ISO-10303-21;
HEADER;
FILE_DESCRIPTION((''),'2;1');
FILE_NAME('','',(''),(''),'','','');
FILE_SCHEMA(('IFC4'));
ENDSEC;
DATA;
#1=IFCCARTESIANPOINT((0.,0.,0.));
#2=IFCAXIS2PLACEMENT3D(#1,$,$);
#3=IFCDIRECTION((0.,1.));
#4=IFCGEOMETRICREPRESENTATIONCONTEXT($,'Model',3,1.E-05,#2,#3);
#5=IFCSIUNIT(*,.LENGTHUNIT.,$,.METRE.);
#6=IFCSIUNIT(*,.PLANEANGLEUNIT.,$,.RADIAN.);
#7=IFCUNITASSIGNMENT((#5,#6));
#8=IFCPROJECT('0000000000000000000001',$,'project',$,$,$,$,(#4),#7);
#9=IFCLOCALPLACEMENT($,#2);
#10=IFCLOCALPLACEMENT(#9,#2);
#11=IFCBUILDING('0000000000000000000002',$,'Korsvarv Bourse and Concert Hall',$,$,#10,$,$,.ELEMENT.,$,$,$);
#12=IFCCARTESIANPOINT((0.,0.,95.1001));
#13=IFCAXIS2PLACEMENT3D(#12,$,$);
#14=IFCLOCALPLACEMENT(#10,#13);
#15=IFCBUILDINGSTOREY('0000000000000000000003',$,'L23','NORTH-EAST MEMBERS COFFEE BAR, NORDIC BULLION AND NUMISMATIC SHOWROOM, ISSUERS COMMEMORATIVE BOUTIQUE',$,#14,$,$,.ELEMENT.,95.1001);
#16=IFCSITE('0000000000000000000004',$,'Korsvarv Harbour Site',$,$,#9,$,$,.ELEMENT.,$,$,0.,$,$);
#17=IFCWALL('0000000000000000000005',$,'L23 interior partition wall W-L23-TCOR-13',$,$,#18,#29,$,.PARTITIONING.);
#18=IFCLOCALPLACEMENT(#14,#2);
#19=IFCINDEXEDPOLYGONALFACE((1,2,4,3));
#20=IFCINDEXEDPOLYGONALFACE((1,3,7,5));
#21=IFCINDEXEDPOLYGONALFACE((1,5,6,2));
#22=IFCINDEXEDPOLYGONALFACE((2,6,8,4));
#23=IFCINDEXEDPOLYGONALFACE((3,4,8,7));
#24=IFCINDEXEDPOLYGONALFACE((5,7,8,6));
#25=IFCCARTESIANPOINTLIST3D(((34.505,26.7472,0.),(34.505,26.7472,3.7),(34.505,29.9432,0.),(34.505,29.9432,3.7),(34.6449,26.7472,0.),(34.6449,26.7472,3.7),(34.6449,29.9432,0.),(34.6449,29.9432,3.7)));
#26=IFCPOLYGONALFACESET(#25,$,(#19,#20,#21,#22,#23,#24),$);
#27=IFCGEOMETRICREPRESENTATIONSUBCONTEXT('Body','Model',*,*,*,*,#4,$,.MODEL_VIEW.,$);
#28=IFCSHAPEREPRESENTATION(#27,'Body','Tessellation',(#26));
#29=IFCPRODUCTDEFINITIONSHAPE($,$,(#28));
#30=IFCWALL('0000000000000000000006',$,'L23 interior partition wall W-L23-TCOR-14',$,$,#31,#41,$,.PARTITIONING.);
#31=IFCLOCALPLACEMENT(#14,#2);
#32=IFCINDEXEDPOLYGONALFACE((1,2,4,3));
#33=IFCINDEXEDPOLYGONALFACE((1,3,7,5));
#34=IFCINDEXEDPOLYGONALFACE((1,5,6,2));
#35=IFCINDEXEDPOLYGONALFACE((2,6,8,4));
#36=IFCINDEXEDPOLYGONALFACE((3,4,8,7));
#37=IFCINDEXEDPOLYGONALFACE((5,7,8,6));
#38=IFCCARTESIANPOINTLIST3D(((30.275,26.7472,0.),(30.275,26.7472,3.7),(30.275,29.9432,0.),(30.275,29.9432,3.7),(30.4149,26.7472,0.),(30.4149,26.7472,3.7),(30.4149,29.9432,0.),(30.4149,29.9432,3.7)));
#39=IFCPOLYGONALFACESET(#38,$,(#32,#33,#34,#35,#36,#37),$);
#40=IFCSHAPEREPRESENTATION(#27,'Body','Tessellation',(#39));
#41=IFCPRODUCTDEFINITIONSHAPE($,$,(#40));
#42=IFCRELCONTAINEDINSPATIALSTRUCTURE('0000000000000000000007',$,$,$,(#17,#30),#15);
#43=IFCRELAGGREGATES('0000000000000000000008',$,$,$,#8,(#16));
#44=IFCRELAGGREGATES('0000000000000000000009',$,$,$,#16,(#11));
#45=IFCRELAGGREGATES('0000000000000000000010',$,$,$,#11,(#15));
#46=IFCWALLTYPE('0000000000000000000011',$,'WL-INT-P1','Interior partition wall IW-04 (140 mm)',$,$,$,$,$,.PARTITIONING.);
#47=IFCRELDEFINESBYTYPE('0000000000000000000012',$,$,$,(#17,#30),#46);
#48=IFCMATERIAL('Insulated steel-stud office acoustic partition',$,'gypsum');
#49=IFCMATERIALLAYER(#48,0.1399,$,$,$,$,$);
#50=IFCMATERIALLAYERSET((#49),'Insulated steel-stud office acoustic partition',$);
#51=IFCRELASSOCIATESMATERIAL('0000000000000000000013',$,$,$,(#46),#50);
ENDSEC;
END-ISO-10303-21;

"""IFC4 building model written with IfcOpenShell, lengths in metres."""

from ifc_helpers import new_model, si_unit, direction, frame, frame_2d, origin, place, context, subcontext, project, spatial, rectangle, extrude, material, layer, layer_set, type_object, element, save


model = new_model("IFC4")

# Units and contexts
model_context = context("Model", 3, precision=1e-05, world=origin(), true_north=direction((0.0, 1.0)))
body_context = subcontext(model_context, "Body", "Model", "MODEL_VIEW")
ifc_project = project(units=[si_unit("LENGTHUNIT", "METRE"), si_unit("PLANEANGLEUNIT", "RADIAN")], contexts=[model_context])

# Site, building, storey
site_placement = place(None, origin())
site = spatial("IfcSite", under=ifc_project, at=site_placement, Name="Korsvarv Harbour Site", CompositionType="ELEMENT", RefElevation=0.0)
building_placement = place(site_placement, origin())
building = spatial("IfcBuilding", under=site, at=building_placement, Name="Korsvarv Bourse and Concert Hall", CompositionType="ELEMENT")
storey_placement = place(building_placement, frame((0.0, 0.0, 95.1001)))
storey = spatial("IfcBuildingStorey", under=building, at=storey_placement, Name="L23", Description="NORTH-EAST MEMBERS COFFEE BAR, NORDIC BULLION AND NUMISMATIC SHOWROOM, ISSUERS COMMEMORATIVE BOUTIQUE", CompositionType="ELEMENT", Elevation=95.1001)

# Walls
ifc_material_1 = material(Name="Insulated steel-stud office acoustic partition", Category="gypsum")
ifc_layer_1 = layer(ifc_material_1, 0.1399)
ifc_layer_set_1 = layer_set([ifc_layer_1], Name="Insulated steel-stud office acoustic partition")
wall_type_1 = type_object("IfcWallType", Name="WL-INT-P1", Description="Interior partition wall IW-04 (140 mm)", PredefinedType="PARTITIONING", material=ifc_layer_set_1)
for number, where, z_axis, x_axis, name in (
    (1, (34.575, 26.7471, 0.0), (0.0, 0.0, 1.0), (0.0, 1.0, 0.0), "L23 interior partition wall W-L23-TCOR-13"),
    (2, (30.345, 26.7471, 0.0), (0.0, 0.0, 1.0), (0.0, 1.0, 0.0), "L23 interior partition wall W-L23-TCOR-14"),
):
    element("IfcWall", number, at=place(storey_placement, frame(where, z_axis=z_axis, x_axis=x_axis)), inside=storey, type_object=wall_type_1, Name=name, PredefinedType="PARTITIONING", context=body_context, shape_type="SweptSolid", body=[
        extrude(rectangle(XDim=3.196, YDim=0.1399, at=frame_2d((1.5981, 0.0))), origin(), (0.0, 0.0, 1.0), 3.7),
    ])

save(model, "model.ifc")
